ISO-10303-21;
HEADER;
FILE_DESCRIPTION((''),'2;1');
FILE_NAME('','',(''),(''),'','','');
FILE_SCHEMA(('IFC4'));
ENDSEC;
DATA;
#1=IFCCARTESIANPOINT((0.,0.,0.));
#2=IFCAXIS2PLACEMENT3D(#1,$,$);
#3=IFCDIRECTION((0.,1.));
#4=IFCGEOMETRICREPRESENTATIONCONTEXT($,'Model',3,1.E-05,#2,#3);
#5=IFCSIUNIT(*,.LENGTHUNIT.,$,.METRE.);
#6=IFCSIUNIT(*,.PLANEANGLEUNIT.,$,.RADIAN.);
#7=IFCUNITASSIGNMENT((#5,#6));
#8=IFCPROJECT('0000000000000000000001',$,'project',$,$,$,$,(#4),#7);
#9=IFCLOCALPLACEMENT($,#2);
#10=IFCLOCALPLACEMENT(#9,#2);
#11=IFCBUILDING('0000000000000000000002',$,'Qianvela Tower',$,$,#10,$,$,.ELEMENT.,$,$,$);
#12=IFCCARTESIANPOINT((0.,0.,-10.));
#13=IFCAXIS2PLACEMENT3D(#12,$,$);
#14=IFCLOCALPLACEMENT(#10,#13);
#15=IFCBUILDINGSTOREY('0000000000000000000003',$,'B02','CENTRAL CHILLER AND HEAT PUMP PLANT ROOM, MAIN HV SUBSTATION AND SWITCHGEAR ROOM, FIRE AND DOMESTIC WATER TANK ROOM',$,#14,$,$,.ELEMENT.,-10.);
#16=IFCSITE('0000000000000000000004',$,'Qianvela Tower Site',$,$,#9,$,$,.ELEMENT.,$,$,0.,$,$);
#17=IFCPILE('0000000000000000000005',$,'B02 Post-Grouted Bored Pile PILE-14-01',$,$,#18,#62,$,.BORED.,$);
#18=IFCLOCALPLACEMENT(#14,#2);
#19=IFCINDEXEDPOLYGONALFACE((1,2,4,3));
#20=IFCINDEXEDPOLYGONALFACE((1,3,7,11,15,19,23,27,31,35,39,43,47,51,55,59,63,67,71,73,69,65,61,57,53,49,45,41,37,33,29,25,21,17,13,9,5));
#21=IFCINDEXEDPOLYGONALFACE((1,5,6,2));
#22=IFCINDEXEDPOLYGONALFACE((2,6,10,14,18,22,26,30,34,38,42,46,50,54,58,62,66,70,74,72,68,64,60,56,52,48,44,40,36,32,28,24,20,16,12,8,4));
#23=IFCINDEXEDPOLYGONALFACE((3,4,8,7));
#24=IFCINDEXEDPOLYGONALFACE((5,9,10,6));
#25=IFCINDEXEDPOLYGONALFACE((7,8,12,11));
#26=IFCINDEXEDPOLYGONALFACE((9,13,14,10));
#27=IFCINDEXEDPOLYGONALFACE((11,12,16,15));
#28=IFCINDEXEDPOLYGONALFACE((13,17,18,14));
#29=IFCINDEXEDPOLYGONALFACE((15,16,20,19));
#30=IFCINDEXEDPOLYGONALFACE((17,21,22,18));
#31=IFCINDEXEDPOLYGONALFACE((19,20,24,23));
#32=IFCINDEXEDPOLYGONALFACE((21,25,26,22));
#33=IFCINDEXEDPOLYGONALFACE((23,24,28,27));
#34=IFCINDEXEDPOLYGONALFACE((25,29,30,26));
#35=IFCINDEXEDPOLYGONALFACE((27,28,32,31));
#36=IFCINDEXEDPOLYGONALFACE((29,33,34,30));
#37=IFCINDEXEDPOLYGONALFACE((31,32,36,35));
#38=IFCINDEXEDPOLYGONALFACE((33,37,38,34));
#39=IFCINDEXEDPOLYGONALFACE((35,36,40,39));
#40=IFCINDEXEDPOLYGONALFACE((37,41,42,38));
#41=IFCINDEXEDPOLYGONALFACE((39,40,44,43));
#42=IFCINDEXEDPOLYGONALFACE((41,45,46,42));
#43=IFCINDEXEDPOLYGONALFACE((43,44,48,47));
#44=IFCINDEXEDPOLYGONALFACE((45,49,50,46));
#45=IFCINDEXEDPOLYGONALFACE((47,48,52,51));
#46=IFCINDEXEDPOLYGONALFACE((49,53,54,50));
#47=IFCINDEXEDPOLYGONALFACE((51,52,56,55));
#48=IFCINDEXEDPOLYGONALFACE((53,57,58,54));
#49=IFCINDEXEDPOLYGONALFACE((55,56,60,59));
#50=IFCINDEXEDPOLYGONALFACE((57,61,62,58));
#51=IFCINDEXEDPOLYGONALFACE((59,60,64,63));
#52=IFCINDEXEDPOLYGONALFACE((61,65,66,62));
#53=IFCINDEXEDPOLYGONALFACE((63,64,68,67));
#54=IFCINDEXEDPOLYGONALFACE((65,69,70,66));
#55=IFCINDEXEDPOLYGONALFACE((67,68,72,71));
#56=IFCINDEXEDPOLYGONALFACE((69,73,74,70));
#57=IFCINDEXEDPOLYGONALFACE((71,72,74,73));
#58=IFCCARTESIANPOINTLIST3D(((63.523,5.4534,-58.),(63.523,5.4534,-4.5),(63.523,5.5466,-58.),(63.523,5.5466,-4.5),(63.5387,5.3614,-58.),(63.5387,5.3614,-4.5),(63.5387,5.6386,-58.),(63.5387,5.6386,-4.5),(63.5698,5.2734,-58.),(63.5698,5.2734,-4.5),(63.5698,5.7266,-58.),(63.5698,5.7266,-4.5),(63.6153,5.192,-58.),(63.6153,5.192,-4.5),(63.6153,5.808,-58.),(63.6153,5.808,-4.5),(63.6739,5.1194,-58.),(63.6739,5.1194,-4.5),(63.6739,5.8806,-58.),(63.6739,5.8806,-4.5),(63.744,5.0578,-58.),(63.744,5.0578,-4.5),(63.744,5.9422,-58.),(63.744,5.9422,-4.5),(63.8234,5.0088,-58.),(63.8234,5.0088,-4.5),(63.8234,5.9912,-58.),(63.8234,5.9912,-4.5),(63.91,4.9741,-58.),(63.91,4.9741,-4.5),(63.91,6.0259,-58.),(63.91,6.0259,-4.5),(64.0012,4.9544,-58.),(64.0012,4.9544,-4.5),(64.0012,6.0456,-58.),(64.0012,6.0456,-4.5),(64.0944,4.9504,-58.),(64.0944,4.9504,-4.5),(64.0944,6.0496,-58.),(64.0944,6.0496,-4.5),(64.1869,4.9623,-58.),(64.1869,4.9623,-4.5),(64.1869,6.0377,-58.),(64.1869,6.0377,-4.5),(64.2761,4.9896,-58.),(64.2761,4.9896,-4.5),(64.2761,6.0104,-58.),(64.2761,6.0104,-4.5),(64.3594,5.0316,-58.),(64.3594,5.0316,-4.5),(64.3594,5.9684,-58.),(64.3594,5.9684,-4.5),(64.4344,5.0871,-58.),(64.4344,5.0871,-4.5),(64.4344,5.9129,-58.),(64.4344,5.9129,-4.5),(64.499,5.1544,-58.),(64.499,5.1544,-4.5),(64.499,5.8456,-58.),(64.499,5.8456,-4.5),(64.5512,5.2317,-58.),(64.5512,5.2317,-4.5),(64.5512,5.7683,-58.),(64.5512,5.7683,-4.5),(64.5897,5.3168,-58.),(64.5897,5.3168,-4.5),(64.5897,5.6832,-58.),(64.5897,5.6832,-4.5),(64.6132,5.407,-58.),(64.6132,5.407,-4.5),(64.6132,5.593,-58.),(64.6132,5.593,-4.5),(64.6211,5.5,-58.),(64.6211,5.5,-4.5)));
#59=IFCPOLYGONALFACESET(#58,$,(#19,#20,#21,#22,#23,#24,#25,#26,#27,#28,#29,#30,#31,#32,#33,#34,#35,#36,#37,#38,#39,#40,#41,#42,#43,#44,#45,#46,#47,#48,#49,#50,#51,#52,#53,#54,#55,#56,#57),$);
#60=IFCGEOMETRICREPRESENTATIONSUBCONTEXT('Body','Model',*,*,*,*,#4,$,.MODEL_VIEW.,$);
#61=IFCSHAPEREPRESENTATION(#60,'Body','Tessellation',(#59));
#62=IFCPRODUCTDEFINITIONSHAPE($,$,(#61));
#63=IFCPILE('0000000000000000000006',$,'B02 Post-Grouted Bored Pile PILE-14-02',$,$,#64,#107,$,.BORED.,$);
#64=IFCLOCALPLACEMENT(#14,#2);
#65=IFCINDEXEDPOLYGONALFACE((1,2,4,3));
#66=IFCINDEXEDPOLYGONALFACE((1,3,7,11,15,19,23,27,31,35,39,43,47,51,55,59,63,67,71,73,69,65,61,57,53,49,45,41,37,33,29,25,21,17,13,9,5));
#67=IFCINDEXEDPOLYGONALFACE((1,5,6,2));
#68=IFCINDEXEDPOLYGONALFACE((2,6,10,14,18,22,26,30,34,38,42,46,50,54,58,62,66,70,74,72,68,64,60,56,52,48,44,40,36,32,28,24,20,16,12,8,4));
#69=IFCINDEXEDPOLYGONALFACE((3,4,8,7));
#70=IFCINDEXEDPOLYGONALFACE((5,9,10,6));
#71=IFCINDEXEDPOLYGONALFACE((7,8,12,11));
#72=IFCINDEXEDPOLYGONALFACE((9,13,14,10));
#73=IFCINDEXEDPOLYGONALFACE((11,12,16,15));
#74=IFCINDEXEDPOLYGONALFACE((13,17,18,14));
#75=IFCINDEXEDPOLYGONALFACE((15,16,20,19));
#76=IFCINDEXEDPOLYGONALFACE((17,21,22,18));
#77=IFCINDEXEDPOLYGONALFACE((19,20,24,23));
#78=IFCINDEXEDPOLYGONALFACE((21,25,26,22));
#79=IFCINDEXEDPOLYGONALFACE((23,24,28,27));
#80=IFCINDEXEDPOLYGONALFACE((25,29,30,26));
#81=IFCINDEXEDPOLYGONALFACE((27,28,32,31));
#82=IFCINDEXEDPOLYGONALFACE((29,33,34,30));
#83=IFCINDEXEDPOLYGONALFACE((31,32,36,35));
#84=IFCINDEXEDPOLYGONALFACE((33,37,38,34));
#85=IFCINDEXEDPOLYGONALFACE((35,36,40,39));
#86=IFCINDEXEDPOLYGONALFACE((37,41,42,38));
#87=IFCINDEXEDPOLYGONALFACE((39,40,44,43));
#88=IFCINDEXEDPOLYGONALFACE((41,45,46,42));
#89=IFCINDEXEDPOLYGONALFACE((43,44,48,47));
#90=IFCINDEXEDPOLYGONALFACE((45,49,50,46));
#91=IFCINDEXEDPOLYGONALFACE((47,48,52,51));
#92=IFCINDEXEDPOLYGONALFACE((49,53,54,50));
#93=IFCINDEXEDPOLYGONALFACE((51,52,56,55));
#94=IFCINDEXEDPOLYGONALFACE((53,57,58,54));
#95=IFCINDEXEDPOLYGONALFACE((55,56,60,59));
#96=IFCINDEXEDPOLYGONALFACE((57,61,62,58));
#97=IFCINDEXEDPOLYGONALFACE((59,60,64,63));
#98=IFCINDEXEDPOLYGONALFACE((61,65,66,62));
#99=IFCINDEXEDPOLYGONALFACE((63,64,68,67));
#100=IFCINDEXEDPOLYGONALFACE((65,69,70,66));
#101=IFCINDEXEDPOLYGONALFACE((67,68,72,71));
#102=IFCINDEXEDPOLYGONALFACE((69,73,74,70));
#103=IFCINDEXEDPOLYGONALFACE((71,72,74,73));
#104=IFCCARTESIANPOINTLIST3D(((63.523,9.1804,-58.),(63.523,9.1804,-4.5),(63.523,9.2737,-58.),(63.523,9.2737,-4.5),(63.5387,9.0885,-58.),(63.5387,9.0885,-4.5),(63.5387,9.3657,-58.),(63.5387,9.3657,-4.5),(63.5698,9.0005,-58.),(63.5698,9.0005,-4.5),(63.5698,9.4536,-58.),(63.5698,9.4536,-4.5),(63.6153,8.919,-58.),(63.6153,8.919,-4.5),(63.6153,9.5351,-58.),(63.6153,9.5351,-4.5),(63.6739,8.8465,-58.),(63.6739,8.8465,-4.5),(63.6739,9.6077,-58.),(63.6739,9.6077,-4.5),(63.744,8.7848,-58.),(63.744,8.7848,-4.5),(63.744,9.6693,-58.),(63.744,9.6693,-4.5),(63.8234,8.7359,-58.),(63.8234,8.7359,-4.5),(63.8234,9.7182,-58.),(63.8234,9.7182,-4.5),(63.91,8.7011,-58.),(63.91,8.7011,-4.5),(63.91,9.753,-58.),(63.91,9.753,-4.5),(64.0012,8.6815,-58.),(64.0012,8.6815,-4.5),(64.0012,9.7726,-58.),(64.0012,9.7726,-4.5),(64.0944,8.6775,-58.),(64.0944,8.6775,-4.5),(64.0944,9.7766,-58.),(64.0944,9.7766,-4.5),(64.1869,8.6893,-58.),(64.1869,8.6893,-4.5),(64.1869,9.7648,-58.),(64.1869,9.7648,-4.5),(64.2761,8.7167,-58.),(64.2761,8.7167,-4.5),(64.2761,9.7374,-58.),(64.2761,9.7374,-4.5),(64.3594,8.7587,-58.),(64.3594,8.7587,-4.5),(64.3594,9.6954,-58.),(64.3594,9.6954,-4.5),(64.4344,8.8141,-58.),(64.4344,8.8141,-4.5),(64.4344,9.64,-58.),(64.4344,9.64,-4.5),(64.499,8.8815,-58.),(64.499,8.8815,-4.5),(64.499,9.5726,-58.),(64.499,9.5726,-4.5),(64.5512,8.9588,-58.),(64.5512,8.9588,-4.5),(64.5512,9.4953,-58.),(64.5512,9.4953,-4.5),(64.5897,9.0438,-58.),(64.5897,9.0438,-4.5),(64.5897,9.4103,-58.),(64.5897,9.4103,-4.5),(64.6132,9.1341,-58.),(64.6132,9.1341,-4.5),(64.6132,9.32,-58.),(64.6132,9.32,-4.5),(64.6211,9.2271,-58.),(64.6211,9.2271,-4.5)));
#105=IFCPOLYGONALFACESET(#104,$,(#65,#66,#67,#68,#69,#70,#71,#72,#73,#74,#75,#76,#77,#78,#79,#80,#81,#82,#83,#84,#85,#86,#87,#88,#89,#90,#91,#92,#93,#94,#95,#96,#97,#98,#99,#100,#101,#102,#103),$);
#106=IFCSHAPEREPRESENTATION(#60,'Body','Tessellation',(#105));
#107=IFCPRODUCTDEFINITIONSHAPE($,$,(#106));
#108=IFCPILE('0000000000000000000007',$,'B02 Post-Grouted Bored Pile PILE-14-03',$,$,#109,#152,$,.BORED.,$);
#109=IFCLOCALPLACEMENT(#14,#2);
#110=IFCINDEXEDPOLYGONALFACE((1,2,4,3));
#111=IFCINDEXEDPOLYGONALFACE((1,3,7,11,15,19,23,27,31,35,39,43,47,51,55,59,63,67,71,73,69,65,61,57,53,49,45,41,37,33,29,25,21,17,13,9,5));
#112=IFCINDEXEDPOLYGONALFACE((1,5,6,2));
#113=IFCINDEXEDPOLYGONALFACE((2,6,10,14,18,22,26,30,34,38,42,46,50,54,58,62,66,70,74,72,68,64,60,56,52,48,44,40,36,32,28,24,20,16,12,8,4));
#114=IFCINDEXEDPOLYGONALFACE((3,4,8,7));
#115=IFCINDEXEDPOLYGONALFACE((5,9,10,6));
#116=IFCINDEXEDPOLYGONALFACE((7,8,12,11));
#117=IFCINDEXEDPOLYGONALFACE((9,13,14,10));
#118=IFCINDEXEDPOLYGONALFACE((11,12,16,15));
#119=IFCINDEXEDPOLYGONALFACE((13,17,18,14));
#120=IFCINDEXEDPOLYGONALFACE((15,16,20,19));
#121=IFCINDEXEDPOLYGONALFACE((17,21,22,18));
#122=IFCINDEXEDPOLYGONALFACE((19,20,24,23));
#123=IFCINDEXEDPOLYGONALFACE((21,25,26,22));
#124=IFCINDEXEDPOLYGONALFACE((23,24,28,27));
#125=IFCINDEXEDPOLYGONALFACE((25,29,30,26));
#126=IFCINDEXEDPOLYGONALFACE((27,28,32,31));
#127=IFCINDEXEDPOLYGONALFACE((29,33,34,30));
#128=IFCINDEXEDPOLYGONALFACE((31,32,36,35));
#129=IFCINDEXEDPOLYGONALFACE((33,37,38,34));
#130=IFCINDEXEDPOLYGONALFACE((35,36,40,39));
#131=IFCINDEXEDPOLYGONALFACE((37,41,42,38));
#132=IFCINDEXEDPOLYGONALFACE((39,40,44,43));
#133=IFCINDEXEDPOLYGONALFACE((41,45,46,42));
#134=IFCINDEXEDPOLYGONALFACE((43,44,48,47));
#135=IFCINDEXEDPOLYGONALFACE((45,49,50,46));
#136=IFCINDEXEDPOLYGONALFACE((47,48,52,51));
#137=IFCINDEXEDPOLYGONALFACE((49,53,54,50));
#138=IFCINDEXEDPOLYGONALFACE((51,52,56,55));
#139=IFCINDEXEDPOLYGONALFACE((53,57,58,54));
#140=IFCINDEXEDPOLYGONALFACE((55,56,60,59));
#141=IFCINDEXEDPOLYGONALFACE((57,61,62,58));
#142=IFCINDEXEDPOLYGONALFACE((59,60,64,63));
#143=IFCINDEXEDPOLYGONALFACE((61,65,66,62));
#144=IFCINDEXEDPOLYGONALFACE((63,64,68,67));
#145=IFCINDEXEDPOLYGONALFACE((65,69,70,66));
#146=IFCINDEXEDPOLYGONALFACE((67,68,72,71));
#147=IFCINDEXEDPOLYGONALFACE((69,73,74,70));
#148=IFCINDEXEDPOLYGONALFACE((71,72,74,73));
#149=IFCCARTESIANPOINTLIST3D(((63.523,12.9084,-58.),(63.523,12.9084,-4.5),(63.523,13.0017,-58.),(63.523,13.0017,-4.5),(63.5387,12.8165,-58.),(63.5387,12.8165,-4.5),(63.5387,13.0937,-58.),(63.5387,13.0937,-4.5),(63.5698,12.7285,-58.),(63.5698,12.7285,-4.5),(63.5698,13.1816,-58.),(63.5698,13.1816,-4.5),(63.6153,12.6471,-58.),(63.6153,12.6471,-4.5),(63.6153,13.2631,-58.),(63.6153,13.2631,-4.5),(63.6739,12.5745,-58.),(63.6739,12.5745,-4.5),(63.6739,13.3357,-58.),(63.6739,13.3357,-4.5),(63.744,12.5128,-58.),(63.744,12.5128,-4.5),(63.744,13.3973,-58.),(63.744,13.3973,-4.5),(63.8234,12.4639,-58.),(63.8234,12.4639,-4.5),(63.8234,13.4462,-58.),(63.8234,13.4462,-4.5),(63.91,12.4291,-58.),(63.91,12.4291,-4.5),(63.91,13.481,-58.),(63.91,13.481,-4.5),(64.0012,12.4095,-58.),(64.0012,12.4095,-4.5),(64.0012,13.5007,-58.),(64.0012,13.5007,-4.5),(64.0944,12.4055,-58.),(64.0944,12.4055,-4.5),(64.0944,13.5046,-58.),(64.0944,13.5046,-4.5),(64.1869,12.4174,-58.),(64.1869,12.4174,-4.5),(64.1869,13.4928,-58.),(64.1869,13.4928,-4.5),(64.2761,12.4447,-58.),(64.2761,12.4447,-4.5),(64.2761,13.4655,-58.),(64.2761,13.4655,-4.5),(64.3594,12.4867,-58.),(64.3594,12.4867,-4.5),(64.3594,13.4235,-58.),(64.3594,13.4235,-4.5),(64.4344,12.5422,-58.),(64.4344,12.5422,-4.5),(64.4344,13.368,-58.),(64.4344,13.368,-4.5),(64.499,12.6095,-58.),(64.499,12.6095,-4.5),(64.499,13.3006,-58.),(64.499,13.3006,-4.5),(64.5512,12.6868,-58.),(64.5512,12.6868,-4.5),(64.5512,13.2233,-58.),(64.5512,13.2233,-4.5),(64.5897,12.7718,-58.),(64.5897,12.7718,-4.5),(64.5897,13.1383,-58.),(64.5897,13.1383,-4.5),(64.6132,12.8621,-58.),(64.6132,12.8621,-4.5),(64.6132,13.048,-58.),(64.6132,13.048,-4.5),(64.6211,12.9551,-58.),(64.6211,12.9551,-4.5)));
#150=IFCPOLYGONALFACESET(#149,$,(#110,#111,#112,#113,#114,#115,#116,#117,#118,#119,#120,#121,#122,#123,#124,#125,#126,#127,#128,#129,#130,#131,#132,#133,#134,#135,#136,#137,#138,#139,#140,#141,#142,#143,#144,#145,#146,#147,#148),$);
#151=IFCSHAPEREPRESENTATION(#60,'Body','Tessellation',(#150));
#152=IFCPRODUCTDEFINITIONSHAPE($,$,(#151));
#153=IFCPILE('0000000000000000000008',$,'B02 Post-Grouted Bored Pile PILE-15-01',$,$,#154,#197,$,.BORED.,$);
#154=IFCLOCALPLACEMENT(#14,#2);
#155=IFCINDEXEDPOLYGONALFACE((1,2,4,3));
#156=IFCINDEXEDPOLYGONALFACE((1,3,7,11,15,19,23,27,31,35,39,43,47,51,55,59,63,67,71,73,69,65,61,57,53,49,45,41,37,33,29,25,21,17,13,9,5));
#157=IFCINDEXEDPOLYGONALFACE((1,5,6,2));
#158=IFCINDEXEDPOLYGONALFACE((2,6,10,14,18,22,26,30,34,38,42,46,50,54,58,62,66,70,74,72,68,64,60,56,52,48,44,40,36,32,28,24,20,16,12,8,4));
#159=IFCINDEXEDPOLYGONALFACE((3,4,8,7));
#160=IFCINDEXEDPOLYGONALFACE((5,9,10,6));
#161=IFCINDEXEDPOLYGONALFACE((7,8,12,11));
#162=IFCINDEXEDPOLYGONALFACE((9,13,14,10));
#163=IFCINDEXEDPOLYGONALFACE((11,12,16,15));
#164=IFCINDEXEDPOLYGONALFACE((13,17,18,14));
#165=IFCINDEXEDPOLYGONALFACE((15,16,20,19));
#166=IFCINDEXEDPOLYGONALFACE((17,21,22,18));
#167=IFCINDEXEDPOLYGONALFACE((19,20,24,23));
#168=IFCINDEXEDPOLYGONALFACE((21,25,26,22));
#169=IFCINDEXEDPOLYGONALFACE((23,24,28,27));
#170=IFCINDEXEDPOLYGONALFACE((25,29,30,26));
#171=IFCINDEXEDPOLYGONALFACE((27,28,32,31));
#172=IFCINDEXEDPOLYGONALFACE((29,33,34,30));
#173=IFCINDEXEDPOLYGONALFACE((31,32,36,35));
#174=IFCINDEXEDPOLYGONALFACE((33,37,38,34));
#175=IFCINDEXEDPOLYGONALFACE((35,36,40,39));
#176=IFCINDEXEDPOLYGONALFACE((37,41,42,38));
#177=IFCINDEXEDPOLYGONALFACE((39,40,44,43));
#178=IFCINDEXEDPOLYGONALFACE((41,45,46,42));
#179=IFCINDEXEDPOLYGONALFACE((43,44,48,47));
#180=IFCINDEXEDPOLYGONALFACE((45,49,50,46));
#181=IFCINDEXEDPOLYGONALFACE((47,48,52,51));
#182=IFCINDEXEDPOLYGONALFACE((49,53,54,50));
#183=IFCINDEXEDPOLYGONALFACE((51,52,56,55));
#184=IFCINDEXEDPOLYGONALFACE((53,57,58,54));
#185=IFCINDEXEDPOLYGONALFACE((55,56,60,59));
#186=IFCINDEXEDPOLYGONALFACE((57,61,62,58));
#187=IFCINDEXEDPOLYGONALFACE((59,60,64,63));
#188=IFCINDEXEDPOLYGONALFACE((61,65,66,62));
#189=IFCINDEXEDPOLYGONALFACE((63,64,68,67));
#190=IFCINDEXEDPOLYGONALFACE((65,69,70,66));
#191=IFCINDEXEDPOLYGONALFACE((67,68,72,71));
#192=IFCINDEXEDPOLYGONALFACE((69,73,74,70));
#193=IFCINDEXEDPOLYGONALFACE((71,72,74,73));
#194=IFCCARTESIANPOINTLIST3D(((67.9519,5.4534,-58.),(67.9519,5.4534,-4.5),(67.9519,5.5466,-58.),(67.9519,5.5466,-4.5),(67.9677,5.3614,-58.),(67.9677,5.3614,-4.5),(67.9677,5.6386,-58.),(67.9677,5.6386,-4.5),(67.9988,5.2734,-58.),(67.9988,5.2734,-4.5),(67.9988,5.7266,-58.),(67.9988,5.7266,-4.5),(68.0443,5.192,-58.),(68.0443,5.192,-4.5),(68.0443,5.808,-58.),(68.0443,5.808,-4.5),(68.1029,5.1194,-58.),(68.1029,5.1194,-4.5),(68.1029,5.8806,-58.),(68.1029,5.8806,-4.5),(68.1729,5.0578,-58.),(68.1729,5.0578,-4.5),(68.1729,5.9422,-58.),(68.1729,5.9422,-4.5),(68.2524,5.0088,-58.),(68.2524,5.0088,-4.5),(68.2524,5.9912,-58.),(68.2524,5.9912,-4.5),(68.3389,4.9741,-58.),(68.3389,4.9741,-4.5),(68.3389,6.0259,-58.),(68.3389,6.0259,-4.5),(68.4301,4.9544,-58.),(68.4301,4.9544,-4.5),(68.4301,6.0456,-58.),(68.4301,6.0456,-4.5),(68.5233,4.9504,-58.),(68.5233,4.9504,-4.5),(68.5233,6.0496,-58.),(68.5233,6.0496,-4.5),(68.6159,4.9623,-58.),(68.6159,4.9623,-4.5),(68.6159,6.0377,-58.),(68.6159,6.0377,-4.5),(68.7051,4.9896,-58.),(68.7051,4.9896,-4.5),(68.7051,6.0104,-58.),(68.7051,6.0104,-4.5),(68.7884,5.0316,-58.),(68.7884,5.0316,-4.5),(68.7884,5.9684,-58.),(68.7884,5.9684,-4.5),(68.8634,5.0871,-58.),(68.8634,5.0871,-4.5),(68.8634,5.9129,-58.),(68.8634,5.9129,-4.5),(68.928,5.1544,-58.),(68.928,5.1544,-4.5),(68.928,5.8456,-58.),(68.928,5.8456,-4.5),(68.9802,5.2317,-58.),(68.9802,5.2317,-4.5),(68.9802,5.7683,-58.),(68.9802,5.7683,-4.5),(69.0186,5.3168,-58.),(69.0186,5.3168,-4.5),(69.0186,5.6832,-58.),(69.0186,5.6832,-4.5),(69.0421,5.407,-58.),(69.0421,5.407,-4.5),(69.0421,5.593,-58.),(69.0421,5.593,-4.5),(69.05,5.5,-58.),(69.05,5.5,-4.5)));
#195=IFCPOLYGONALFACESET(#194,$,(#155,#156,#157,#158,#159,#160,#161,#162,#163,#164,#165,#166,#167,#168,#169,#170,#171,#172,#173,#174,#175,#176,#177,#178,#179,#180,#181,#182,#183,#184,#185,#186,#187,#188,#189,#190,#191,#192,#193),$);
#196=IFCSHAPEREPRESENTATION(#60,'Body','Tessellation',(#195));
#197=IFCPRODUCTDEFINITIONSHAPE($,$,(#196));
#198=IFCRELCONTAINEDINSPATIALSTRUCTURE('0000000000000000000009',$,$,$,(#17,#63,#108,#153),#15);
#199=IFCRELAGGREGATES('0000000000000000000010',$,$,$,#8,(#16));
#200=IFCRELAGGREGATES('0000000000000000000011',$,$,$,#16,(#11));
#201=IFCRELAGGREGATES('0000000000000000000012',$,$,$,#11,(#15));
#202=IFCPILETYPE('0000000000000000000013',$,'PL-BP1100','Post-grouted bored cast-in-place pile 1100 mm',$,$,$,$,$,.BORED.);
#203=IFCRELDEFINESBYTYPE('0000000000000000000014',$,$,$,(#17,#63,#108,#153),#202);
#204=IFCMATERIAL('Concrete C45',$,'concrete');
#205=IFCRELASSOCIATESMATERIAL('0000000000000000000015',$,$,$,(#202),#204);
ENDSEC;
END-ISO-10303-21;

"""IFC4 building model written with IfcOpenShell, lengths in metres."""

from ifc_helpers import new_model, si_unit, direction, frame, origin, origin_2d, place, context, subcontext, project, spatial, circle, extrude, material, material_profile, profile_set, type_object, element, save


model = new_model("IFC4")

# Units and contexts
model_context = context("Model", 3, precision=1e-05, world=origin(), true_north=direction((0.0, 1.0)))
body_context = subcontext(model_context, "Body", "Model", "MODEL_VIEW")
ifc_project = project(units=[si_unit("LENGTHUNIT", "METRE"), si_unit("PLANEANGLEUNIT", "RADIAN")], contexts=[model_context])

# Site, building, storey
site_placement = place(None, origin())
site = spatial("IfcSite", under=ifc_project, at=site_placement, Name="Qianvela Tower Site", CompositionType="ELEMENT", RefElevation=0.0)
building_placement = place(site_placement, origin())
building = spatial("IfcBuilding", under=site, at=building_placement, Name="Qianvela Tower", CompositionType="ELEMENT")
storey_placement = place(building_placement, frame((0.0, 0.0, -10.0)))
storey = spatial("IfcBuildingStorey", under=building, at=storey_placement, Name="B02", Description="CENTRAL CHILLER AND HEAT PUMP PLANT ROOM, MAIN HV SUBSTATION AND SWITCHGEAR ROOM, FIRE AND DOMESTIC WATER TANK ROOM", CompositionType="ELEMENT", Elevation=-10.0)

# Piles
ifc_material_1 = material(Name="Concrete C45", Category="concrete")
ifc_material_profile_1 = material_profile(ifc_material_1, circle(Radius=0.55, at=origin_2d()), Name="BP-1100")
ifc_profile_set_1 = profile_set([ifc_material_profile_1], Name="Concrete C45")
pile_type_1 = type_object("IfcPileType", Name="PL-BP1100", Description="Post-grouted bored cast-in-place pile 1100 mm", PredefinedType="BORED", material=ifc_profile_set_1)
for number, where, z_axis, x_axis, name in (
    (1, (64.071, 5.5, -4.5), (0.0, 0.0, -1.0), (1.0, 0.0, 0.0), "B02 Post-Grouted Bored Pile PILE-14-01"),
    (2, (64.071, 9.2271, -4.5), (0.0, 0.0, -1.0), (1.0, 0.0, 0.0), "B02 Post-Grouted Bored Pile PILE-14-02"),
    (3, (64.071, 12.9551, -4.5), (0.0, 0.0, -1.0), (1.0, 0.0, 0.0), "B02 Post-Grouted Bored Pile PILE-14-03"),
    (4, (68.5, 5.5, -4.5), (0.0, 0.0, -1.0), (1.0, 0.0, 0.0), "B02 Post-Grouted Bored Pile PILE-15-01"),
):
    element("IfcPile", number, at=place(storey_placement, frame(where, z_axis=z_axis, x_axis=x_axis)), inside=storey, type_object=pile_type_1, Name=name, PredefinedType="BORED", context=body_context, shape_type="SweptSolid", body=[
        extrude(circle(Radius=0.55, at=origin_2d()), origin(), (0.0, 0.0, 1.0), 53.5),
    ])

save(model, "model.ifc")
